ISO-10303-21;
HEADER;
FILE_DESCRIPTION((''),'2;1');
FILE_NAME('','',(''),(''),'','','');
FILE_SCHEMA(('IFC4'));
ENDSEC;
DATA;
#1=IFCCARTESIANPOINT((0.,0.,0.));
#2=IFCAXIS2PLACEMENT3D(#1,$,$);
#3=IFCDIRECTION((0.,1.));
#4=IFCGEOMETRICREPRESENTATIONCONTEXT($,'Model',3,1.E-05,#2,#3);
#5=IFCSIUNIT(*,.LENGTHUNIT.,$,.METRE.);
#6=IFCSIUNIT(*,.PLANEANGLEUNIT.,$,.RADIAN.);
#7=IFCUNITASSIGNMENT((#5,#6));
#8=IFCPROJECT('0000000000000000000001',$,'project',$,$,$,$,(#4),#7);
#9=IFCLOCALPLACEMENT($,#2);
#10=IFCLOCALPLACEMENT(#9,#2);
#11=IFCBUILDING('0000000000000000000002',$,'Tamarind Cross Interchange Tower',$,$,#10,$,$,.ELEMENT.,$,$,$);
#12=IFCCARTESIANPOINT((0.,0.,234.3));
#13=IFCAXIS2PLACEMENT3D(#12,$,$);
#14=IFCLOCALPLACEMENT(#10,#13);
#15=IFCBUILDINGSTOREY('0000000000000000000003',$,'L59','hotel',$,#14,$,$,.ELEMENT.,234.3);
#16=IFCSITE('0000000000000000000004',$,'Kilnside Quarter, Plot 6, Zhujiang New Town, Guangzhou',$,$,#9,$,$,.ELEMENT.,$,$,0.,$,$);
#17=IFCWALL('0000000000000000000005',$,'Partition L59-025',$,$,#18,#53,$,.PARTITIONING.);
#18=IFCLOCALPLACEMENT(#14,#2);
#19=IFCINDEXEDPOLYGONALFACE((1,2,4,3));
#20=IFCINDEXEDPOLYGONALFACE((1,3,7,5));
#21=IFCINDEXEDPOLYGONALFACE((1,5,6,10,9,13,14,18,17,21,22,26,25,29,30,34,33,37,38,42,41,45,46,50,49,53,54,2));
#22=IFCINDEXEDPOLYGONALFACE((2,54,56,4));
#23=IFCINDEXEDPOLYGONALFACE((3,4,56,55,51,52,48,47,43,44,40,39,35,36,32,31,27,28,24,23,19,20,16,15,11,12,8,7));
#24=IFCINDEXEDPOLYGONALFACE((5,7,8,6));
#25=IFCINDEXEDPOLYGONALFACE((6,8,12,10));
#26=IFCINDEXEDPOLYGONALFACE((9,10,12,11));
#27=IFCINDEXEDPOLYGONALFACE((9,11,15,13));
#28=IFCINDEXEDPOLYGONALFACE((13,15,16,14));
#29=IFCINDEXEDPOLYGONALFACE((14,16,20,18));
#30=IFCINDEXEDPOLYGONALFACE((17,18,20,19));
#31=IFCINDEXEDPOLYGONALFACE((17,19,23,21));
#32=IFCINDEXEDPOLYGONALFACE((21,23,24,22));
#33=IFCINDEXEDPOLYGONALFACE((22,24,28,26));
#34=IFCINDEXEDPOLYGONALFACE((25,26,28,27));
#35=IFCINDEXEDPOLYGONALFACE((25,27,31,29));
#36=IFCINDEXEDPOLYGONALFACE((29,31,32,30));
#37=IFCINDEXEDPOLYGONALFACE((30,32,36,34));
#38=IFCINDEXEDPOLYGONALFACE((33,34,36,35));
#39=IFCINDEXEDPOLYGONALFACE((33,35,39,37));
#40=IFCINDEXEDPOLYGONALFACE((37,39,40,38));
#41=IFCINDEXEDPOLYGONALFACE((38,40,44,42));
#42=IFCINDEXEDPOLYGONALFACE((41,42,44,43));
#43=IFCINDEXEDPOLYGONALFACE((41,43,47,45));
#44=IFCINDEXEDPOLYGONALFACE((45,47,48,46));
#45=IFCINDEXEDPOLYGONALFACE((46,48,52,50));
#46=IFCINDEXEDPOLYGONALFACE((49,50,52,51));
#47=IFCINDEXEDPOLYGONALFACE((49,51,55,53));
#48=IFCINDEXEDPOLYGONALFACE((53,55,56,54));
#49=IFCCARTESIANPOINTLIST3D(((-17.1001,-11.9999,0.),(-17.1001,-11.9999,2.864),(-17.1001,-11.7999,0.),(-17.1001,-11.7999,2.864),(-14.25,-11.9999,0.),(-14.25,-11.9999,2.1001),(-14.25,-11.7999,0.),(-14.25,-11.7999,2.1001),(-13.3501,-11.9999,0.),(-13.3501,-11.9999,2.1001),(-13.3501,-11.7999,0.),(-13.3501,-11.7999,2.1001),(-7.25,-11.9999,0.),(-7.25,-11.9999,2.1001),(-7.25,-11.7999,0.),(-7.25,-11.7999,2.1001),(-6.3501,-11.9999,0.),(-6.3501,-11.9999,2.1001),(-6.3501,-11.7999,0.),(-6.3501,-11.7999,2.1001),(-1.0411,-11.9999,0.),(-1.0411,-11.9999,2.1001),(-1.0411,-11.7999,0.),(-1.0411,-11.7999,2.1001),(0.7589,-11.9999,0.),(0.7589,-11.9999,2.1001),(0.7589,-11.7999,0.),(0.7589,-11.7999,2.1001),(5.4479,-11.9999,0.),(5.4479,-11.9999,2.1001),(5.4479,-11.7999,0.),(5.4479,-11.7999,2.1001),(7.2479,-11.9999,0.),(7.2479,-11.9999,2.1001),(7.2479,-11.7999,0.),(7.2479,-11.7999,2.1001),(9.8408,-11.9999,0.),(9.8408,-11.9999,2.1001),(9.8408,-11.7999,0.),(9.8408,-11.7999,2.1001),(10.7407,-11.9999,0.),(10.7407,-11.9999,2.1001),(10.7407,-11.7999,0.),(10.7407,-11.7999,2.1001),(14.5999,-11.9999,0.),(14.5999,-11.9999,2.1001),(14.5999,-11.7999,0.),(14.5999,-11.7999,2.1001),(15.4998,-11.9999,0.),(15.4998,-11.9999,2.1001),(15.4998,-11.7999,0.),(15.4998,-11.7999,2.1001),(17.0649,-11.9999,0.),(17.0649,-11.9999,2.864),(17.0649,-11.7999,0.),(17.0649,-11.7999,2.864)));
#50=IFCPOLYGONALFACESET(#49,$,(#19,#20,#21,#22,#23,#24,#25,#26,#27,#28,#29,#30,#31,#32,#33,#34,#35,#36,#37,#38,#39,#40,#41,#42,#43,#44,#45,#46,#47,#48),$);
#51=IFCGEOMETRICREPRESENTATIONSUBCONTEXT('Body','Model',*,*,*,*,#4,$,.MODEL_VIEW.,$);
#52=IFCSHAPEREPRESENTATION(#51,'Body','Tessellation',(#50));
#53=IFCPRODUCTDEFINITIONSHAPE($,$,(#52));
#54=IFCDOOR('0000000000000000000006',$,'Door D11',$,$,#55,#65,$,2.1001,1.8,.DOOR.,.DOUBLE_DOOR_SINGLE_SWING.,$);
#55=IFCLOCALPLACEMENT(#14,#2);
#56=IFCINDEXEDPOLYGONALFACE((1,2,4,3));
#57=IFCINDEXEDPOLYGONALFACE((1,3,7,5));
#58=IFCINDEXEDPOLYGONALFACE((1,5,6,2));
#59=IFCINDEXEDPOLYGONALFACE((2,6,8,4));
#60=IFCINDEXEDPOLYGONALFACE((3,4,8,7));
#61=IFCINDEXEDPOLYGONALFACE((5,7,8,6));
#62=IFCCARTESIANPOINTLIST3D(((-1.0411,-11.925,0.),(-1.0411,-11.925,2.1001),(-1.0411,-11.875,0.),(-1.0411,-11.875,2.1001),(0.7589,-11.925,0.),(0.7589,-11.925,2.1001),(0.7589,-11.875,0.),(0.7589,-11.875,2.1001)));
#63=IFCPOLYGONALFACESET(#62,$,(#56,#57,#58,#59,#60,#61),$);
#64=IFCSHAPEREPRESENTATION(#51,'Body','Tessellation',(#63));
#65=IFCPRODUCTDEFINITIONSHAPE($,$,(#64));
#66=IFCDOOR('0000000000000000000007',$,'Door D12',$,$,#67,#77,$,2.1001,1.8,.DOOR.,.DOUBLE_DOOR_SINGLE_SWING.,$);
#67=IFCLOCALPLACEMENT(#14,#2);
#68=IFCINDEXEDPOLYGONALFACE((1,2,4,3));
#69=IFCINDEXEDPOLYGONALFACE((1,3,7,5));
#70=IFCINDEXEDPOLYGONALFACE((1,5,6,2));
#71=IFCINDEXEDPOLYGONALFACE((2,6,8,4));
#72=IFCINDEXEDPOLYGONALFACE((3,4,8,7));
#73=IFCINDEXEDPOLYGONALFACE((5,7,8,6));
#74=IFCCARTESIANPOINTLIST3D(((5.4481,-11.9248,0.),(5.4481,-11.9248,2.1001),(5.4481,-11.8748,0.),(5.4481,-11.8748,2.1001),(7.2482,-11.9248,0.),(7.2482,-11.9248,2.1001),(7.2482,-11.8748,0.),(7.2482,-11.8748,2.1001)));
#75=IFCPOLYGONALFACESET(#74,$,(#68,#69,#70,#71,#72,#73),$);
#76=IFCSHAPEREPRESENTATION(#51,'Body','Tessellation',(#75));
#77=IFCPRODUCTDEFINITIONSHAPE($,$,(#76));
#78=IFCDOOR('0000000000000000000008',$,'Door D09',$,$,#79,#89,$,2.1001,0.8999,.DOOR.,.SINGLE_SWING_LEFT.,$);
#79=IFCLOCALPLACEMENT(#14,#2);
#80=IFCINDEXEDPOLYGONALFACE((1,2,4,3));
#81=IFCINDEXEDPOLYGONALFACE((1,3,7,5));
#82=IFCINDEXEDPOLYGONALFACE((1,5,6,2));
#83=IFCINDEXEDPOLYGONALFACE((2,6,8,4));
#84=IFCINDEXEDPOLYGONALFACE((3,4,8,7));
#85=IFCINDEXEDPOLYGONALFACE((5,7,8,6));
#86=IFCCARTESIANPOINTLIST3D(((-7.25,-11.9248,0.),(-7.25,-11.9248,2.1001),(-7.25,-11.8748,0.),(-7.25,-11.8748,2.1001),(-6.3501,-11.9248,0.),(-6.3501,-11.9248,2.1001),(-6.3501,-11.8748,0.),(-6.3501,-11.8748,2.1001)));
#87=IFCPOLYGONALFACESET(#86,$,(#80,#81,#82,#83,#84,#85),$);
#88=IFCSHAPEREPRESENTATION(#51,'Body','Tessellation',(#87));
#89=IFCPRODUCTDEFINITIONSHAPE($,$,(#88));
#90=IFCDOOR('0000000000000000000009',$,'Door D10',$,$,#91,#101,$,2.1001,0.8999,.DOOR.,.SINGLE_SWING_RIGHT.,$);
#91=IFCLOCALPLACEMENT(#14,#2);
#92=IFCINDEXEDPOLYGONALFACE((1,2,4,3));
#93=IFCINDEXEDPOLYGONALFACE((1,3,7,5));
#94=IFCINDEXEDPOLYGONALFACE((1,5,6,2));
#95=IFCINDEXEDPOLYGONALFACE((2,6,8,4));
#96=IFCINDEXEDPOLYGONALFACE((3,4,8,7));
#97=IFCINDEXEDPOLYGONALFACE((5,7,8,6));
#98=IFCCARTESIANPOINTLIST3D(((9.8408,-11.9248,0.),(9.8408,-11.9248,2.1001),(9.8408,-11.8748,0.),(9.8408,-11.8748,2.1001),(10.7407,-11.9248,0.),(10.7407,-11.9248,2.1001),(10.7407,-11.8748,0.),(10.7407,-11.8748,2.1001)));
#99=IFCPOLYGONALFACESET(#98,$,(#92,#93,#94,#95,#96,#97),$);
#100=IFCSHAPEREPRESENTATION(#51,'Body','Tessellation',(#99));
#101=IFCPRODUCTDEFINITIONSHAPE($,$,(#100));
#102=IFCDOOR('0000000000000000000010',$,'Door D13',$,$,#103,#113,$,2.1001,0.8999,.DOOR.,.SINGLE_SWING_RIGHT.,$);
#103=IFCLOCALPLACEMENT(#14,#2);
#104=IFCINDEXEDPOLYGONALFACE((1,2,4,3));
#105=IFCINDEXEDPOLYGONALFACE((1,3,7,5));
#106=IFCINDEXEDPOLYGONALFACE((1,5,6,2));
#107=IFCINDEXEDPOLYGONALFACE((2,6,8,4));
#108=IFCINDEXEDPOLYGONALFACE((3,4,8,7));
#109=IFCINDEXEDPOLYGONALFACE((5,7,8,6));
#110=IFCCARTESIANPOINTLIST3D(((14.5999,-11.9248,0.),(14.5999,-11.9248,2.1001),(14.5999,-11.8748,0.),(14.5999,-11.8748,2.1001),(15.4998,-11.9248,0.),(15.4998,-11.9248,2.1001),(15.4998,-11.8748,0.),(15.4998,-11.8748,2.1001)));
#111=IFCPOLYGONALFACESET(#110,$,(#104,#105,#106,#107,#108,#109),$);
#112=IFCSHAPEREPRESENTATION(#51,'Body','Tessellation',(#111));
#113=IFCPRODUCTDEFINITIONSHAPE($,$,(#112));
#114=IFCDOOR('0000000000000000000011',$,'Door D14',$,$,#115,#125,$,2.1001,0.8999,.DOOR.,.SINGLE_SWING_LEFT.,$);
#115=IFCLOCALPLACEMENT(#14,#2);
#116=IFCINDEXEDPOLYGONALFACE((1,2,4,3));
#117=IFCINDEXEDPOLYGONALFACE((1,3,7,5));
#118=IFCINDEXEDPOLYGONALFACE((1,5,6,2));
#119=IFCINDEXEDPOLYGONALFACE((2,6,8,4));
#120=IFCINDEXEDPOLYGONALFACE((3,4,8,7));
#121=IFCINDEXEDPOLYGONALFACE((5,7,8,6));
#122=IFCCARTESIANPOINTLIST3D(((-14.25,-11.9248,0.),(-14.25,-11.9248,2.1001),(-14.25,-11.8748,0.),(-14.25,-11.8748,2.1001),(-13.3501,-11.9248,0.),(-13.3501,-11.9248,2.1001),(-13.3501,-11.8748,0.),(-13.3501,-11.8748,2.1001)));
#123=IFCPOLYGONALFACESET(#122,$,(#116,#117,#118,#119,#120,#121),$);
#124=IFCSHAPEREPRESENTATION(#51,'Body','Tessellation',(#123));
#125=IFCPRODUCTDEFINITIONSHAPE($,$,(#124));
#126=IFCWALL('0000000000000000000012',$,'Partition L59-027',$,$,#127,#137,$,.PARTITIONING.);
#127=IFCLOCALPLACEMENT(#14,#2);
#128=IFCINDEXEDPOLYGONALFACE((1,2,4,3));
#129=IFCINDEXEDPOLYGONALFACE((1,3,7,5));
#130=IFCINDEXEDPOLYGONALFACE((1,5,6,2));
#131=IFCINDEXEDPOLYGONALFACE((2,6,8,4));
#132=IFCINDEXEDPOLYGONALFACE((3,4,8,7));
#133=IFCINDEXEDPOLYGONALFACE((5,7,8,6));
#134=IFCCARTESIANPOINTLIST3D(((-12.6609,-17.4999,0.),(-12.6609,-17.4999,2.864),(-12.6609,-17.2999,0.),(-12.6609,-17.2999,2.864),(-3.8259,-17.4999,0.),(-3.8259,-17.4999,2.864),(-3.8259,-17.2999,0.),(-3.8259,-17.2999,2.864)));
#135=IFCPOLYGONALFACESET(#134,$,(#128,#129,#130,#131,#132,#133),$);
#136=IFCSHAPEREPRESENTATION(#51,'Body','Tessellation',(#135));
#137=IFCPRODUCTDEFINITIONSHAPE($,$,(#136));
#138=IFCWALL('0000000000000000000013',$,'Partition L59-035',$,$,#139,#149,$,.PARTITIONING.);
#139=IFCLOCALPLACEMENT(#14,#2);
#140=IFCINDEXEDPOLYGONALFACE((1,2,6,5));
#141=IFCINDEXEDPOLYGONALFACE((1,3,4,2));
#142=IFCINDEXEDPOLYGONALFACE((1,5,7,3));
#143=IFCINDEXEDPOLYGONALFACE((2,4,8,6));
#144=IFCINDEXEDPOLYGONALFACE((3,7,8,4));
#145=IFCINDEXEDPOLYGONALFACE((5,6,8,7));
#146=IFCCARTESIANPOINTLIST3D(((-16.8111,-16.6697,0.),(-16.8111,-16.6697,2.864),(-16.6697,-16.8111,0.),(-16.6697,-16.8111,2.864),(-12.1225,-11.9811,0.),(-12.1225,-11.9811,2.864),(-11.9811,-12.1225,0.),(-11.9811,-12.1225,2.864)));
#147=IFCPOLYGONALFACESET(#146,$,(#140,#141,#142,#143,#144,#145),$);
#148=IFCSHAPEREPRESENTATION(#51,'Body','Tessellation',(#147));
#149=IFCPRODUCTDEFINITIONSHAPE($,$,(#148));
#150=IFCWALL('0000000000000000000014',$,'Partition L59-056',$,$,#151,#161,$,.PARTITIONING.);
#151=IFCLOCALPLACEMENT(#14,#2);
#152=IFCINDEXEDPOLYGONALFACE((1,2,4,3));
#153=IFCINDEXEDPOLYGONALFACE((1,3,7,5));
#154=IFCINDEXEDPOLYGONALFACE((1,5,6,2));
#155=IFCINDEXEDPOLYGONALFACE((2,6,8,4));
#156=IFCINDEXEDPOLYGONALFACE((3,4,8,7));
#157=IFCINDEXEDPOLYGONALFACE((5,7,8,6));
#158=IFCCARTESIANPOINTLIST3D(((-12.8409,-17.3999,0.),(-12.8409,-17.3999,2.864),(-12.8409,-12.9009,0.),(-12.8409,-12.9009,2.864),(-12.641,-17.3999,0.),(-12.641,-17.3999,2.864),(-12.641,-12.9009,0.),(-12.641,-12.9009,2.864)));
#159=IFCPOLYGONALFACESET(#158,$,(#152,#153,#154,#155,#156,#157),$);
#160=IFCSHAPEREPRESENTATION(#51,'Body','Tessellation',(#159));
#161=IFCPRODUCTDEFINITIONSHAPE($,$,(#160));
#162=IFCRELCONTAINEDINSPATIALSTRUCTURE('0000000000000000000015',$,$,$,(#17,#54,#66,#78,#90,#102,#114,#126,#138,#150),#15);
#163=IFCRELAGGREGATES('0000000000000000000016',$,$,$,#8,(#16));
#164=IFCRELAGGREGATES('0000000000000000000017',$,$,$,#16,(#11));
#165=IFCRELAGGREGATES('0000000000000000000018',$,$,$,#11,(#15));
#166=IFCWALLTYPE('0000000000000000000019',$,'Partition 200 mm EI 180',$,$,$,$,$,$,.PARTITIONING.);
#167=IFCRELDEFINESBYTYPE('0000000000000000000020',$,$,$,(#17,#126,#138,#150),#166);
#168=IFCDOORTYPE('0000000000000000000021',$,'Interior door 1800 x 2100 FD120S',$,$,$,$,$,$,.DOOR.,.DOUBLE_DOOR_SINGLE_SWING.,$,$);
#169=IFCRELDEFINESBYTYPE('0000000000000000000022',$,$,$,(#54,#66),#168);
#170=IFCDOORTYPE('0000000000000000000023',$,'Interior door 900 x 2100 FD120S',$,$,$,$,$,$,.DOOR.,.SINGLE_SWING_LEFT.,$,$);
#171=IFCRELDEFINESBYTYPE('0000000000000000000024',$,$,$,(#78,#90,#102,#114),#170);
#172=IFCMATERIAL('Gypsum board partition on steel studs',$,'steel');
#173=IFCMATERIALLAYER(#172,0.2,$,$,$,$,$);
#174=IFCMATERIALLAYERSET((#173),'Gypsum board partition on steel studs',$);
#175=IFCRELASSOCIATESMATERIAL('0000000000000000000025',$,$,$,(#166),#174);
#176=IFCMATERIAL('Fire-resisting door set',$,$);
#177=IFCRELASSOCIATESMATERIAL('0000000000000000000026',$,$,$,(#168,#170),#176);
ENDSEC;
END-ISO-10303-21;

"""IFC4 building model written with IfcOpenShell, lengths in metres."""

from ifc_helpers import new_model, si_unit, direction, frame, frame_2d, origin, place, context, subcontext, project, spatial, rectangle, extrude, material, layer, layer_set, type_object, element, fill, save


model = new_model("IFC4")

# Units and contexts
model_context = context("Model", 3, precision=1e-05, world=origin(), true_north=direction((0.0, 1.0)))
body_context = subcontext(model_context, "Body", "Model", "MODEL_VIEW")
ifc_project = project(units=[si_unit("LENGTHUNIT", "METRE"), si_unit("PLANEANGLEUNIT", "RADIAN")], contexts=[model_context])

# Site, building, storey
site_placement = place(None, origin())
site = spatial("IfcSite", under=ifc_project, at=site_placement, Name="Kilnside Quarter, Plot 6, Zhujiang New Town, Guangzhou", CompositionType="ELEMENT", RefElevation=0.0)
building_placement = place(site_placement, origin())
building = spatial("IfcBuilding", under=site, at=building_placement, Name="Tamarind Cross Interchange Tower", CompositionType="ELEMENT")
storey_placement = place(building_placement, frame((0.0, 0.0, 234.3)))
storey = spatial("IfcBuildingStorey", under=building, at=storey_placement, Name="L59", Description="hotel", CompositionType="ELEMENT", Elevation=234.3)

# Shared definitions
ifc_material_1 = material(Name="Gypsum board partition on steel studs", Category="steel")

# Wall, openings, doors
ifc_layer_1 = layer(ifc_material_1, 0.2)
ifc_layer_set_1 = layer_set([ifc_layer_1], Name="Gypsum board partition on steel studs")
wall_type_1 = type_object("IfcWallType", Name="Partition 200 mm EI 180", PredefinedType="PARTITIONING", material=ifc_layer_set_1)
wall_1_placement = place(storey_placement, frame((-17.1001, -11.8999, 0.0), z_axis=(0.0, 0.0, 1.0), x_axis=(1.0, 0.0, 0.0)))
wall_1 = element("IfcWall", 1, at=wall_1_placement, inside=storey, type_object=wall_type_1, Name="Partition L59-025", PredefinedType="PARTITIONING", context=body_context, shape_type="SweptSolid", body=[
    extrude(rectangle(XDim=34.165, YDim=0.2, at=frame_2d((17.0825, 0.0))), origin(), (0.0, 0.0, 1.0), 2.864),
])
opening_1_placement = place(wall_1_placement, frame((9.8501, 0.0, 0.0)))
opening_1 = element("IfcOpeningElement", 2, at=opening_1_placement, cuts=wall_1, PredefinedType="OPENING", context=body_context, shape_type="SweptSolid", body=[
    extrude(rectangle(XDim=0.8999, YDim=2.1001, at=frame_2d((0.45, 1.05))), frame((0.0, 0.1099, 0.0), z_axis=(0.0, -1.0, 0.0), x_axis=(1.0, 0.0, 0.0)), (0.0, 0.0, 1.0), 0.22),
])
opening_2_placement = place(wall_1_placement, frame((26.9409, 0.0, 0.0)))
opening_2 = element("IfcOpeningElement", 3, at=opening_2_placement, cuts=wall_1, PredefinedType="OPENING", context=body_context, shape_type="SweptSolid", body=[
    extrude(rectangle(XDim=0.8999, YDim=2.1001, at=frame_2d((0.45, 1.05))), frame((0.0, 0.1099, 0.0), z_axis=(0.0, -1.0, 0.0), x_axis=(1.0, 0.0, 0.0)), (0.0, 0.0, 1.0), 0.22),
])
opening_3_placement = place(wall_1_placement, frame((16.0591, 0.0, 0.0)))
opening_3 = element("IfcOpeningElement", 4, at=opening_3_placement, cuts=wall_1, PredefinedType="OPENING", context=body_context, shape_type="SweptSolid", body=[
    extrude(rectangle(XDim=1.8, YDim=2.1001, at=frame_2d((0.8999, 1.05))), frame((0.0, 0.1099, 0.0), z_axis=(0.0, -1.0, 0.0), x_axis=(1.0, 0.0, 0.0)), (0.0, 0.0, 1.0), 0.22),
])
opening_4_placement = place(wall_1_placement, frame((22.5481, 0.0, 0.0)))
opening_4 = element("IfcOpeningElement", 5, at=opening_4_placement, cuts=wall_1, PredefinedType="OPENING", context=body_context, shape_type="SweptSolid", body=[
    extrude(rectangle(XDim=1.8, YDim=2.1001, at=frame_2d((0.8999, 1.05))), frame((0.0, 0.1099, 0.0), z_axis=(0.0, -1.0, 0.0), x_axis=(1.0, 0.0, 0.0)), (0.0, 0.0, 1.0), 0.22),
])
opening_5_placement = place(wall_1_placement, frame((31.7, 0.0, 0.0)))
opening_5 = element("IfcOpeningElement", 6, at=opening_5_placement, cuts=wall_1, PredefinedType="OPENING", context=body_context, shape_type="SweptSolid", body=[
    extrude(rectangle(XDim=0.8999, YDim=2.1001, at=frame_2d((0.45, 1.05))), frame((0.0, 0.1099, 0.0), z_axis=(0.0, -1.0, 0.0), x_axis=(1.0, 0.0, 0.0)), (0.0, 0.0, 1.0), 0.22),
])
opening_6_placement = place(wall_1_placement, frame((2.8501, 0.0, 0.0)))
opening_6 = element("IfcOpeningElement", 7, at=opening_6_placement, cuts=wall_1, PredefinedType="OPENING", context=body_context, shape_type="SweptSolid", body=[
    extrude(rectangle(XDim=0.8999, YDim=2.1001, at=frame_2d((0.45, 1.05))), frame((0.0, 0.1099, 0.0), z_axis=(0.0, -1.0, 0.0), x_axis=(1.0, 0.0, 0.0)), (0.0, 0.0, 1.0), 0.22),
])
ifc_material_2 = material(Name="Fire-resisting door set")
door_type_1 = type_object("IfcDoorType", Name="Interior door 1800 x 2100 FD120S", OperationType="DOUBLE_DOOR_SINGLE_SWING", PredefinedType="DOOR", material=ifc_material_2)
door_1_placement = place(opening_3_placement, origin())
door_1 = element("IfcDoor", 8, at=door_1_placement, inside=storey, type_object=door_type_1, Name="Door D11", OperationType="DOUBLE_DOOR_SINGLE_SWING", OverallHeight=2.1001, OverallWidth=1.8, PredefinedType="DOOR", context=body_context, shape_type="SweptSolid", body=[
    extrude(rectangle(XDim=1.8, YDim=2.1001, at=frame_2d((0.8999, 1.05))), frame((0.0, 0.0249, 0.0), z_axis=(0.0, -1.0, 0.0), x_axis=(1.0, 0.0, 0.0)), (0.0, 0.0, 1.0), 0.05),
])
fill(opening_3, door_1)
door_2_placement = place(opening_4_placement, frame((1.8, 0.0, 0.0), z_axis=(0.0, 0.0, 1.0), x_axis=(-1.0, 0.0, 0.0)))
door_2 = element("IfcDoor", 9, at=door_2_placement, inside=storey, type_object=door_type_1, Name="Door D12", OperationType="DOUBLE_DOOR_SINGLE_SWING", OverallHeight=2.1001, OverallWidth=1.8, PredefinedType="DOOR", context=body_context, shape_type="SweptSolid", body=[
    extrude(rectangle(XDim=1.8, YDim=2.1001, at=frame_2d((0.8999, 1.05))), frame((0.0, 0.0249, 0.0), z_axis=(0.0, -1.0, 0.0), x_axis=(1.0, 0.0, 0.0)), (0.0, 0.0, 1.0), 0.05),
])
fill(opening_4, door_2)
door_type_2 = type_object("IfcDoorType", Name="Interior door 900 x 2100 FD120S", OperationType="SINGLE_SWING_LEFT", PredefinedType="DOOR", material=ifc_material_2)
door_3_placement = place(opening_1_placement, frame((0.8999, 0.0, 0.0), z_axis=(0.0, 0.0, 1.0), x_axis=(-1.0, 0.0, 0.0)))
door_3 = element("IfcDoor", 10, at=door_3_placement, inside=storey, type_object=door_type_2, Name="Door D09", OperationType="SINGLE_SWING_LEFT", OverallHeight=2.1001, OverallWidth=0.8999, PredefinedType="DOOR", context=body_context, shape_type="SweptSolid", body=[
    extrude(rectangle(XDim=0.8999, YDim=2.1001, at=frame_2d((0.45, 1.05))), frame((0.0, 0.0249, 0.0), z_axis=(0.0, -1.0, 0.0), x_axis=(1.0, 0.0, 0.0)), (0.0, 0.0, 1.0), 0.05),
])
fill(opening_1, door_3)
door_4_placement = place(opening_2_placement, frame((0.8999, 0.0, 0.0), z_axis=(0.0, 0.0, 1.0), x_axis=(-1.0, 0.0, 0.0)))
door_4 = element("IfcDoor", 11, at=door_4_placement, inside=storey, type_object=door_type_2, Name="Door D10", OperationType="SINGLE_SWING_RIGHT", OverallHeight=2.1001, OverallWidth=0.8999, PredefinedType="DOOR", context=body_context, shape_type="SweptSolid", body=[
    extrude(rectangle(XDim=0.8999, YDim=2.1001, at=frame_2d((0.45, 1.05))), frame((0.0, 0.0249, 0.0), z_axis=(0.0, -1.0, 0.0), x_axis=(1.0, 0.0, 0.0)), (0.0, 0.0, 1.0), 0.05),
])
fill(opening_2, door_4)
door_5_placement = place(opening_5_placement, frame((0.8999, 0.0, 0.0), z_axis=(0.0, 0.0, 1.0), x_axis=(-1.0, 0.0, 0.0)))
door_5 = element("IfcDoor", 12, at=door_5_placement, inside=storey, type_object=door_type_2, Name="Door D13", OperationType="SINGLE_SWING_RIGHT", OverallHeight=2.1001, OverallWidth=0.8999, PredefinedType="DOOR", context=body_context, shape_type="SweptSolid", body=[
    extrude(rectangle(XDim=0.8999, YDim=2.1001, at=frame_2d((0.45, 1.05))), frame((0.0, 0.0249, 0.0), z_axis=(0.0, -1.0, 0.0), x_axis=(1.0, 0.0, 0.0)), (0.0, 0.0, 1.0), 0.05),
])
fill(opening_5, door_5)
door_6_placement = place(opening_6_placement, frame((0.8999, 0.0, 0.0), z_axis=(0.0, 0.0, 1.0), x_axis=(-1.0, 0.0, 0.0)))
door_6 = element("IfcDoor", 13, at=door_6_placement, inside=storey, type_object=door_type_2, Name="Door D14", OperationType="SINGLE_SWING_LEFT", OverallHeight=2.1001, OverallWidth=0.8999, PredefinedType="DOOR", context=body_context, shape_type="SweptSolid", body=[
    extrude(rectangle(XDim=0.8999, YDim=2.1001, at=frame_2d((0.45, 1.05))), frame((0.0, 0.0249, 0.0), z_axis=(0.0, -1.0, 0.0), x_axis=(1.0, 0.0, 0.0)), (0.0, 0.0, 1.0), 0.05),
])
fill(opening_6, door_6)

# Walls
wall_2_placement = place(storey_placement, frame((-12.6609, -17.3999, 0.0), z_axis=(0.0, 0.0, 1.0), x_axis=(1.0, 0.0, 0.0)))
element("IfcWall", 14, at=wall_2_placement, inside=storey, type_object=wall_type_1, Name="Partition L59-027", PredefinedType="PARTITIONING", context=body_context, shape_type="SweptSolid", body=[
    extrude(rectangle(XDim=8.835, YDim=0.2, at=frame_2d((4.4175, 0.0))), origin(), (0.0, 0.0, 1.0), 2.864),
])
wall_3_placement = place(storey_placement, frame((-16.7405, -16.7405, 0.0), z_axis=(0.0, 0.0, 1.0), x_axis=(0.707107, 0.707107, 0.0)))
element("IfcWall", 15, at=wall_3_placement, inside=storey, type_object=wall_type_1, Name="Partition L59-035", PredefinedType="PARTITIONING", context=body_context, shape_type="SweptSolid", body=[
    extrude(rectangle(XDim=6.6306, YDim=0.2, at=frame_2d((3.3154, 0.0))), origin(), (0.0, 0.0, 1.0), 2.864),
])
wall_4_placement = place(storey_placement, frame((-12.741, -17.3999, 0.0), z_axis=(0.0, 0.0, 1.0), x_axis=(0.0, 1.0, 0.0)))
element("IfcWall", 16, at=wall_4_placement, inside=storey, type_object=wall_type_1, Name="Partition L59-056", PredefinedType="PARTITIONING", context=body_context, shape_type="SweptSolid", body=[
    extrude(rectangle(XDim=4.499, YDim=0.2, at=frame_2d((2.2495, 0.0))), origin(), (0.0, 0.0, 1.0), 2.864),
])

save(model, "model.ifc")
